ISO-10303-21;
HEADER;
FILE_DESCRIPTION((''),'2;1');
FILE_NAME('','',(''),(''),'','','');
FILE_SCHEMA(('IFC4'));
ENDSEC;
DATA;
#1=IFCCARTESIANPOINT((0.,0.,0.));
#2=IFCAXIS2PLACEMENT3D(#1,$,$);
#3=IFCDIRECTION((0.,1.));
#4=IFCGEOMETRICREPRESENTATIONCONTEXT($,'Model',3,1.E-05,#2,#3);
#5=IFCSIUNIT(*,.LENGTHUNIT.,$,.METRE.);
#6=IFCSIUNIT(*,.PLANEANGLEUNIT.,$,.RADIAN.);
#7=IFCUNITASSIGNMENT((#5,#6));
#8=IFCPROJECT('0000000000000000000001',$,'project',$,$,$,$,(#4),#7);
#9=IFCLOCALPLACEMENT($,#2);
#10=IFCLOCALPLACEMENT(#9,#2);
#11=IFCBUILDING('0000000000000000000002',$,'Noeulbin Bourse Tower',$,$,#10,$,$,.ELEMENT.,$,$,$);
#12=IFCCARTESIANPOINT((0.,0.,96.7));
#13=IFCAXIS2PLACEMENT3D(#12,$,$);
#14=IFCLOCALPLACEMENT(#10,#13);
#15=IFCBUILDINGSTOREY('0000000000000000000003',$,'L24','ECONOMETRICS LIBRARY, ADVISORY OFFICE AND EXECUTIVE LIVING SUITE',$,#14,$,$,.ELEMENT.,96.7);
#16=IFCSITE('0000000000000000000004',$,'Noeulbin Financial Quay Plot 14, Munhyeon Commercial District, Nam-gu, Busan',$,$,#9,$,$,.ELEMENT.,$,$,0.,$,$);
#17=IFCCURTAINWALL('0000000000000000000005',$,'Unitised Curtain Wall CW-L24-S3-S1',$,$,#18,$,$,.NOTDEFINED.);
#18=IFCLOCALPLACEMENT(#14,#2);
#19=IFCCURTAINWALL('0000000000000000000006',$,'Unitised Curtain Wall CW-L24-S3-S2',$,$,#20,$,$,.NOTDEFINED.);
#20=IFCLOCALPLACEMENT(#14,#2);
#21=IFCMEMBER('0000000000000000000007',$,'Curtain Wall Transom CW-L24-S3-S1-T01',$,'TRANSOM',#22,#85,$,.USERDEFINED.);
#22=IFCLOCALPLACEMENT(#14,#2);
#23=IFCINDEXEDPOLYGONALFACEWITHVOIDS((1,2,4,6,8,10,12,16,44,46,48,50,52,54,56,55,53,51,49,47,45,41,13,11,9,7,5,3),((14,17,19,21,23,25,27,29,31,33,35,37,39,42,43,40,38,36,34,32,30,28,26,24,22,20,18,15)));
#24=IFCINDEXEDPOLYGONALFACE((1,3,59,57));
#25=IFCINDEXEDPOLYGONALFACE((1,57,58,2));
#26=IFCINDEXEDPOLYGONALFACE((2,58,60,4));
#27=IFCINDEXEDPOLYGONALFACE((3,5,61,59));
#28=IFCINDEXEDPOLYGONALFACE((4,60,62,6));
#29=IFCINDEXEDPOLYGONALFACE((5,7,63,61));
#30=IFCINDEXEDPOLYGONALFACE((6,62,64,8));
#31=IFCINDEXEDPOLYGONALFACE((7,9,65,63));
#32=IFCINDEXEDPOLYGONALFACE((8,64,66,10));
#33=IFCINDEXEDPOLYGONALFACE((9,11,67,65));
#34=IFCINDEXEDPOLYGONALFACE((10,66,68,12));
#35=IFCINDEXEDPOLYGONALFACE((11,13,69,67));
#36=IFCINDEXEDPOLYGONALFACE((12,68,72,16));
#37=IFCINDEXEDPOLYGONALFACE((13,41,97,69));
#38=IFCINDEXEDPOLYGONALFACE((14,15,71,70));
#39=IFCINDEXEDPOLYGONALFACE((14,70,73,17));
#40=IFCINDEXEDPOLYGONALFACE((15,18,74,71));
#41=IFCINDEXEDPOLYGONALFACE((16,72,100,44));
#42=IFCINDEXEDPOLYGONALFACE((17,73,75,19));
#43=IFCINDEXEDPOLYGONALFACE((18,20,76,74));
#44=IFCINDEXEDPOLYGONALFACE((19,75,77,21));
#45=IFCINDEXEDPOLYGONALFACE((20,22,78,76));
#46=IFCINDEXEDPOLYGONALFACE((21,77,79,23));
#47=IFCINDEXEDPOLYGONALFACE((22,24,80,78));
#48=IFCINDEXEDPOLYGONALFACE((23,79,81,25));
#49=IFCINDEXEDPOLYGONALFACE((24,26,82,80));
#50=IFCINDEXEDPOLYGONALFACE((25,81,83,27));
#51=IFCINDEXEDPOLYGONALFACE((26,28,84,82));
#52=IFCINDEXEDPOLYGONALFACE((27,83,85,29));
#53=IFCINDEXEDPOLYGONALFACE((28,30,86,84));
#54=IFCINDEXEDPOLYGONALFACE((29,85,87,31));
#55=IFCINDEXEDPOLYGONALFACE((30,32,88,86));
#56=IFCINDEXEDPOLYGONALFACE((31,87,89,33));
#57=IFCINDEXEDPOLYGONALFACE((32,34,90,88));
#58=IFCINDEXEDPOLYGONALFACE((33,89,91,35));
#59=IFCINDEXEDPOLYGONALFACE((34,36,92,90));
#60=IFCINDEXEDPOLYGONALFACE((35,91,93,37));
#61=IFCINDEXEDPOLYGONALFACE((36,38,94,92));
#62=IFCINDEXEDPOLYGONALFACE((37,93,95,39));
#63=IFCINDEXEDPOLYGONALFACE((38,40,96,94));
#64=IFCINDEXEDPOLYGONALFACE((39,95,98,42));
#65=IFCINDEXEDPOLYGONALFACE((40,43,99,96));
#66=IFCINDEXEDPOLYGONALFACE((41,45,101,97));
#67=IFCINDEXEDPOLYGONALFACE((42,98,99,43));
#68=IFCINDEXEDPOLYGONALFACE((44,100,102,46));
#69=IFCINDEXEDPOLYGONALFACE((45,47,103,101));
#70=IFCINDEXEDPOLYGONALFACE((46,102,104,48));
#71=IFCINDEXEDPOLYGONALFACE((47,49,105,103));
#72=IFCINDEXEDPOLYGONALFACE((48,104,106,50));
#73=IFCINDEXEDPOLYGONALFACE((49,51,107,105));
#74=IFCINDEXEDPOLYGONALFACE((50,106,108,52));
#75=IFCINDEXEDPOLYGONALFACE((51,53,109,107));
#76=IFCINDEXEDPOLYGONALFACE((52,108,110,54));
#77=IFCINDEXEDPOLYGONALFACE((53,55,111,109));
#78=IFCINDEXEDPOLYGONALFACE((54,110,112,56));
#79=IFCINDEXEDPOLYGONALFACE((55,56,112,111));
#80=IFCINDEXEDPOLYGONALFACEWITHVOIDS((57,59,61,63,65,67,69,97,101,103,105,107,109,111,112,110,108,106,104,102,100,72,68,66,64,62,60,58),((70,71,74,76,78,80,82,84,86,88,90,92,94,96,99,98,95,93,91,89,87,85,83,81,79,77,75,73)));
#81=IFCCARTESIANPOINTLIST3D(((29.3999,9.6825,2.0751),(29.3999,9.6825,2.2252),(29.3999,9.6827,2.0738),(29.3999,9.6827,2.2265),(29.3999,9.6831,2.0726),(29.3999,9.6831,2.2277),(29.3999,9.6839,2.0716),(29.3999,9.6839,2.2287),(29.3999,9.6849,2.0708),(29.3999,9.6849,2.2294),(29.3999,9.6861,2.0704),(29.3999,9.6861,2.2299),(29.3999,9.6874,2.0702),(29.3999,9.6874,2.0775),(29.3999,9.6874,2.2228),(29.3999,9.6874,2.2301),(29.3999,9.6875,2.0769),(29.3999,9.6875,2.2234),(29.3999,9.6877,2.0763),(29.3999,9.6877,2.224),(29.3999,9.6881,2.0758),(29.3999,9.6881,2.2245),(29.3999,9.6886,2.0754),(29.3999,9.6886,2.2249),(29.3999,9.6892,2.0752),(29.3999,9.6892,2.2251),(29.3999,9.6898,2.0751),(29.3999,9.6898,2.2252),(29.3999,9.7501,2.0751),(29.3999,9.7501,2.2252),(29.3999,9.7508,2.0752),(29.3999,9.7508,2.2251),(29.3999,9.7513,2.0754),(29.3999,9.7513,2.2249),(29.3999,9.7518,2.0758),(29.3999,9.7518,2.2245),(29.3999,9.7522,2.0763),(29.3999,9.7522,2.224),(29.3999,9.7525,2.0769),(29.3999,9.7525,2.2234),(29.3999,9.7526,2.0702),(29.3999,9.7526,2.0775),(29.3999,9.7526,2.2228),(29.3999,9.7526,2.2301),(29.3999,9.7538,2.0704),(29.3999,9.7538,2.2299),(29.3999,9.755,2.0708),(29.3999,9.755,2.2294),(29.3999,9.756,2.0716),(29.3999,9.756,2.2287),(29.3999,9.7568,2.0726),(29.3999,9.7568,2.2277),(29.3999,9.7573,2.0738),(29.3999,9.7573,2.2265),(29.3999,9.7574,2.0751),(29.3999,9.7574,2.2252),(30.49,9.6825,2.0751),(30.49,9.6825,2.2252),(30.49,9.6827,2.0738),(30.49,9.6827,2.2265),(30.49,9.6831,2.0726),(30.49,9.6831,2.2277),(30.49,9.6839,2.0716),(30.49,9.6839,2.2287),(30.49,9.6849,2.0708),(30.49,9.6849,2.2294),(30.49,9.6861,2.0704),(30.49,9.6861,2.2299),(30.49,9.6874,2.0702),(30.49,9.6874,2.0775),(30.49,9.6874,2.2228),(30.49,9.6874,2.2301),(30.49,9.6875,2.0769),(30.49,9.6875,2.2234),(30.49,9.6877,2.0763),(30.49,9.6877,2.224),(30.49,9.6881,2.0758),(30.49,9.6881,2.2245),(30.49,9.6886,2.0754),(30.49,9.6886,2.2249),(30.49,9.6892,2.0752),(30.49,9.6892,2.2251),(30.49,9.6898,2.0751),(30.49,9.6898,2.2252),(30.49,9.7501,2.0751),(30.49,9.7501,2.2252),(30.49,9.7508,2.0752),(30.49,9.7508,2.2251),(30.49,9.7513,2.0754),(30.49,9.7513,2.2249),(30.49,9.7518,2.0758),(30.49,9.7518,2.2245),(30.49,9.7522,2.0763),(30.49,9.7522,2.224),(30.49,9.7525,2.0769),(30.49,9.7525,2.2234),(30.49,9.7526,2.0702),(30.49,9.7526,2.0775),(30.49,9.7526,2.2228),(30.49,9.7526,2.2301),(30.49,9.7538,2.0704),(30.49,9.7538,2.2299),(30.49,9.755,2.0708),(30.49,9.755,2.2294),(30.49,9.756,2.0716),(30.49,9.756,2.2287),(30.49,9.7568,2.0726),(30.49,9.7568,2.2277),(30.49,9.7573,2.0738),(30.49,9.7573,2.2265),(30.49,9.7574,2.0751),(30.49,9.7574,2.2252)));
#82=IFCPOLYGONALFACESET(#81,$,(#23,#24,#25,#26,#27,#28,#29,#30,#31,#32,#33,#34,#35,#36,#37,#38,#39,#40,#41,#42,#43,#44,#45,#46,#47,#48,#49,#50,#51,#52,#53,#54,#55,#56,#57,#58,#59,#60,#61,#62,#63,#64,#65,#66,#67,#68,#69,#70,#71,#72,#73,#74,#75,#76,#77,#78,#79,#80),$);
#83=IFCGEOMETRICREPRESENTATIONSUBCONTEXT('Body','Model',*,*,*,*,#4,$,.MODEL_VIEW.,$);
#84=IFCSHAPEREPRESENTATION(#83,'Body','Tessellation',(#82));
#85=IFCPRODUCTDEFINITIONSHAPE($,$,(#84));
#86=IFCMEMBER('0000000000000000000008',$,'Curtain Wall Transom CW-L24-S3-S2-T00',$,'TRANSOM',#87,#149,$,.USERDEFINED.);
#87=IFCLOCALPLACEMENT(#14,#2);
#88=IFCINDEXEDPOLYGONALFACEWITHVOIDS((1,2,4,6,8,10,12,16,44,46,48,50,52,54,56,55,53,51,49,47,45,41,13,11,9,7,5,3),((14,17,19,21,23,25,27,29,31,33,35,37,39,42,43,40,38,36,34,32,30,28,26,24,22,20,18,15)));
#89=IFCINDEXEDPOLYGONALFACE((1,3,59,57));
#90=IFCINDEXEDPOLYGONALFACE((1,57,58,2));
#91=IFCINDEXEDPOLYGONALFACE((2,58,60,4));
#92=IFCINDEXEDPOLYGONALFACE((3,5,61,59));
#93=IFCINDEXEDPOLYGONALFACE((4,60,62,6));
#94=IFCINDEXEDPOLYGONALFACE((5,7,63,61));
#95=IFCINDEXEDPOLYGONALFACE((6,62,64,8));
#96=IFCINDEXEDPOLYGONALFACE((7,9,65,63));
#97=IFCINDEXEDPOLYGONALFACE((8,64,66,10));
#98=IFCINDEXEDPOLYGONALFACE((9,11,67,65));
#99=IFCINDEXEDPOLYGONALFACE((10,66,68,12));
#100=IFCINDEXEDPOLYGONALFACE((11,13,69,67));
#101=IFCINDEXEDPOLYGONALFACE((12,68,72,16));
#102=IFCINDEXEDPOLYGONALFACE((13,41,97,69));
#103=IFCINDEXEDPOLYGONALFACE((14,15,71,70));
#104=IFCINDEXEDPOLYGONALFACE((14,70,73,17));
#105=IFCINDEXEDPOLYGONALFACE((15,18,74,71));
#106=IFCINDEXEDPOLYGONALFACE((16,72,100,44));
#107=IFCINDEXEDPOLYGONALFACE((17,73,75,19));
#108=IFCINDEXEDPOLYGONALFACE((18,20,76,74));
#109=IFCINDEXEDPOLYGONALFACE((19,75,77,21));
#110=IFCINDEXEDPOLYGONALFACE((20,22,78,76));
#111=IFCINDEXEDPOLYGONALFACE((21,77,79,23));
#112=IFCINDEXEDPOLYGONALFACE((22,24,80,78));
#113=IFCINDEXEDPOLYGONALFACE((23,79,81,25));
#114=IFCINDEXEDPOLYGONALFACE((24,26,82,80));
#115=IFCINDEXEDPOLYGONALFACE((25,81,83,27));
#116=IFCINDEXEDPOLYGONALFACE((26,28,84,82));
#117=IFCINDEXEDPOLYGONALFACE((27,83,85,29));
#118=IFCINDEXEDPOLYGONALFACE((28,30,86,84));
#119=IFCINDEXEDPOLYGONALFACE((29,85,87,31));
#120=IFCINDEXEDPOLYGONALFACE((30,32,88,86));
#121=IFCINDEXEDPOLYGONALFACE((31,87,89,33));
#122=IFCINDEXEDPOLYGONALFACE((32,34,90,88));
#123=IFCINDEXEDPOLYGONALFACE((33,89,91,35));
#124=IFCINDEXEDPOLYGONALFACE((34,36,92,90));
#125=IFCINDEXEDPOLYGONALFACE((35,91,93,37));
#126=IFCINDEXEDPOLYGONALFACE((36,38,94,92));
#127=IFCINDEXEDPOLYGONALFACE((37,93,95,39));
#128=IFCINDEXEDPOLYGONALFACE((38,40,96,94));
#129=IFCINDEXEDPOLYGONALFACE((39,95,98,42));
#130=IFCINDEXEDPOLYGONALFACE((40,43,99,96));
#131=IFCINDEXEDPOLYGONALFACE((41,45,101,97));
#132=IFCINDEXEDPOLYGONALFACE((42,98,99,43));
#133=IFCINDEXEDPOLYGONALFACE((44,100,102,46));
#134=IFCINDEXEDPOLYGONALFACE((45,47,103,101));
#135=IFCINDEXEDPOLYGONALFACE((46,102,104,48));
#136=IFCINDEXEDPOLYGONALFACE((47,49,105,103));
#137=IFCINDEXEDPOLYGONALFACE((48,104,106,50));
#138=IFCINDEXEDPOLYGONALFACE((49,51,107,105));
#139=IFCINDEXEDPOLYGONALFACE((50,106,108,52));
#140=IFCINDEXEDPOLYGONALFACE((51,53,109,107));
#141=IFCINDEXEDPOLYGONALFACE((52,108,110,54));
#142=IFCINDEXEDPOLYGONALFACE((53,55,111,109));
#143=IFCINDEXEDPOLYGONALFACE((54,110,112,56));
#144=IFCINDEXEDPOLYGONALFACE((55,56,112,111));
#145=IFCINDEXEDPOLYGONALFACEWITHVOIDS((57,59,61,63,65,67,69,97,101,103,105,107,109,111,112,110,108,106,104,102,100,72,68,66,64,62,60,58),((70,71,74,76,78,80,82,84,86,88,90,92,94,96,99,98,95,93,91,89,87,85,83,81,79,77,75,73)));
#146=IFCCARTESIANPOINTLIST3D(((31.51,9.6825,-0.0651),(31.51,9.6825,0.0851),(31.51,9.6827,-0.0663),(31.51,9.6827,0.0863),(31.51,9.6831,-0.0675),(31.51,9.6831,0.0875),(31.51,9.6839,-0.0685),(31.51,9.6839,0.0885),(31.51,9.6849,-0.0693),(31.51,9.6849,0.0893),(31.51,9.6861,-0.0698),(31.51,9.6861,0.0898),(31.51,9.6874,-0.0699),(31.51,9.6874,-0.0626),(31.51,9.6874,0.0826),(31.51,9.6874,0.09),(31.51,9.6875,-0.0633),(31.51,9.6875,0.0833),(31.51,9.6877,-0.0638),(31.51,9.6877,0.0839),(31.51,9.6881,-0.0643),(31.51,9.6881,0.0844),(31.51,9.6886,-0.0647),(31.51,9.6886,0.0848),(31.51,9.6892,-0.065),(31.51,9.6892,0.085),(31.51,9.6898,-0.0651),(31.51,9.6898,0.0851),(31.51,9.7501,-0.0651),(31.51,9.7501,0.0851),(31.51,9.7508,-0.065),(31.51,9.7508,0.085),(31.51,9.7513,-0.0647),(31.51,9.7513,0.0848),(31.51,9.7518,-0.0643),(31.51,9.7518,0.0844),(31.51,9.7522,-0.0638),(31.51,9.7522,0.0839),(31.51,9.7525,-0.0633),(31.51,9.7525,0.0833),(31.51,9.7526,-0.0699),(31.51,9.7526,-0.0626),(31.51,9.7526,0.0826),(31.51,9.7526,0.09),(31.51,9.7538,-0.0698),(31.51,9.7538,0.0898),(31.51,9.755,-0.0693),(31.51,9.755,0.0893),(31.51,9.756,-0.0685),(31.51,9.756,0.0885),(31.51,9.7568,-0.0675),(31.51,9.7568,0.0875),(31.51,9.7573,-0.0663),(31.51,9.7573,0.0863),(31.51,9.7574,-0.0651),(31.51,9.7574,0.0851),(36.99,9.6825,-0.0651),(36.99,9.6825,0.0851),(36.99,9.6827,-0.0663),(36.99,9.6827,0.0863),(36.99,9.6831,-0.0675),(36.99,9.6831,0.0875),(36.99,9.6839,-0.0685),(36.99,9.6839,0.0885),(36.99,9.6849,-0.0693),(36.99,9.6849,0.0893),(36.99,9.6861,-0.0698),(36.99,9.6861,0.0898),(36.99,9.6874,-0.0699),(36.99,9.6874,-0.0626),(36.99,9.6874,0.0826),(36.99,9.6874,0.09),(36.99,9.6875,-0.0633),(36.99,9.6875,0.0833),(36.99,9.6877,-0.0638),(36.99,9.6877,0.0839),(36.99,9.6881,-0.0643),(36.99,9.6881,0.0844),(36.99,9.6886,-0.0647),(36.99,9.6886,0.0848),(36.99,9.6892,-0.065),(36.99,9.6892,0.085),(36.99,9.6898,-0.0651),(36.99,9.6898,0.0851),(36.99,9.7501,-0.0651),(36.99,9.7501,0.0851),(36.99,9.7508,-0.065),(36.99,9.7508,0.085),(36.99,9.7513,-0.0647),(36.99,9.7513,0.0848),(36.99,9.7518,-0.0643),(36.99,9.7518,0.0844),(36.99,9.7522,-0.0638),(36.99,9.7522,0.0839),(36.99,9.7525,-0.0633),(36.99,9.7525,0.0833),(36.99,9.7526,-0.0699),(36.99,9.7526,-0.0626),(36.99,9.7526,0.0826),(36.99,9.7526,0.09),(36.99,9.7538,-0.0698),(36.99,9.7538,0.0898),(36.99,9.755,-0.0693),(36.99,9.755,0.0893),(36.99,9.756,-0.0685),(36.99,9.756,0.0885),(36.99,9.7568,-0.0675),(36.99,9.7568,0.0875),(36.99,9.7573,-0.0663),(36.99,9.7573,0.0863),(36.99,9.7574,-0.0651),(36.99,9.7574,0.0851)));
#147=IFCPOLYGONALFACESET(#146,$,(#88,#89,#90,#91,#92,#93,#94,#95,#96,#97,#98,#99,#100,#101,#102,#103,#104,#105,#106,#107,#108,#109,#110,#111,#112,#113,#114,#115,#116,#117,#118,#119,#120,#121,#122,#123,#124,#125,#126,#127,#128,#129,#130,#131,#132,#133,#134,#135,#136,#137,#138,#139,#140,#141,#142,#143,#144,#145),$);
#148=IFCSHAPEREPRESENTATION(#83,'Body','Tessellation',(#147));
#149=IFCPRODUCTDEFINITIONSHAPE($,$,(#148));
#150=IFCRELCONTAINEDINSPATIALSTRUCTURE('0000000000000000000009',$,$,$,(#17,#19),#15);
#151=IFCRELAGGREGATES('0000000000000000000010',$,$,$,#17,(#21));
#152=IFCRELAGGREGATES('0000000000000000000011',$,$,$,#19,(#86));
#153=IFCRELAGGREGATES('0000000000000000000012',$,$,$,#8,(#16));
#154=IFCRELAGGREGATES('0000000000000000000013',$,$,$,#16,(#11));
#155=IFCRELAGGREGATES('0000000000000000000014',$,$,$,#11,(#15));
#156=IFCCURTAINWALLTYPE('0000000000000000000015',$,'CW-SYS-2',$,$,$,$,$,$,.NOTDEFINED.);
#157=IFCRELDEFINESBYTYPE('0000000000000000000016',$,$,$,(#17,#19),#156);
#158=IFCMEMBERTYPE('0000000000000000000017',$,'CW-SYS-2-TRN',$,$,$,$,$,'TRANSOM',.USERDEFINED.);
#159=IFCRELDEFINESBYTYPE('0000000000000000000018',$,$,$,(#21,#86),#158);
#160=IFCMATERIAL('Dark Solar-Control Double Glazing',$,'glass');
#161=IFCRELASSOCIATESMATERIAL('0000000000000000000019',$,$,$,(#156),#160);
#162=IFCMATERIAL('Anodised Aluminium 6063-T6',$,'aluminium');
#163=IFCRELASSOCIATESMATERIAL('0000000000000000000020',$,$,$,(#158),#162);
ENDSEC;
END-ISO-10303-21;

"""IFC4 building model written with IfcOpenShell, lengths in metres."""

from ifc_helpers import new_model, si_unit, direction, frame, origin, origin_2d, place, context, subcontext, project, spatial, hollow_rectangle, extrude, material, material_profile, profile_set, type_object, element, aggregate, save


model = new_model("IFC4")

# Units and contexts
model_context = context("Model", 3, precision=1e-05, world=origin(), true_north=direction((0.0, 1.0)))
body_context = subcontext(model_context, "Body", "Model", "MODEL_VIEW")
ifc_project = project(units=[si_unit("LENGTHUNIT", "METRE"), si_unit("PLANEANGLEUNIT", "RADIAN")], contexts=[model_context])

# Site, building, storey
site_placement = place(None, origin())
site = spatial("IfcSite", under=ifc_project, at=site_placement, Name="Noeulbin Financial Quay Plot 14, Munhyeon Commercial District, Nam-gu, Busan", CompositionType="ELEMENT", RefElevation=0.0)
building_placement = place(site_placement, origin())
building = spatial("IfcBuilding", under=site, at=building_placement, Name="Noeulbin Bourse Tower", CompositionType="ELEMENT")
storey_placement = place(building_placement, frame((0.0, 0.0, 96.7)))
storey = spatial("IfcBuildingStorey", under=building, at=storey_placement, Name="L24", Description="ECONOMETRICS LIBRARY, ADVISORY OFFICE AND EXECUTIVE LIVING SUITE", CompositionType="ELEMENT", Elevation=96.7)

# Curtain walls
ifc_material_1 = material(Name="Dark Solar-Control Double Glazing", Category="glass")
curtain_wall_type = type_object("IfcCurtainWallType", Name="CW-SYS-2", PredefinedType="NOTDEFINED", material=ifc_material_1)
curtain_wall_1_placement = place(storey_placement, origin())
curtain_wall_1 = element("IfcCurtainWall", 1, at=curtain_wall_1_placement, inside=storey, type_object=curtain_wall_type, Name="Unitised Curtain Wall CW-L24-S3-S1", PredefinedType="NOTDEFINED")
ifc_material_2 = material(Name="Anodised Aluminium 6063-T6", Category="aluminium")
curtain_wall_2_placement = place(storey_placement, origin())
curtain_wall_2 = element("IfcCurtainWall", 2, at=curtain_wall_2_placement, inside=storey, type_object=curtain_wall_type, Name="Unitised Curtain Wall CW-L24-S3-S2", PredefinedType="NOTDEFINED")

# Members
ifc_material_profile_1 = material_profile(ifc_material_2, hollow_rectangle(XDim=0.075, YDim=0.1599, WallThickness=0.0049, InnerFilletRadius=0.0024, OuterFilletRadius=0.0049, at=origin_2d()), Name="ALU-TRAN-75x160x5", Category="LoadBearing")
ifc_profile_set_1 = profile_set([ifc_material_profile_1], Name="Anodised Aluminium 6063-T6")
member_type_1 = type_object("IfcMemberType", Name="CW-SYS-2-TRN", ElementType="TRANSOM", PredefinedType="USERDEFINED", material=ifc_profile_set_1)
member_1_placement = place(storey_placement, frame((29.3999, 9.72, 2.1501), z_axis=(1.0, 0.0, 0.0), x_axis=(0.0, 1.0, 0.0)))
member_1 = element("IfcMember", 3, at=member_1_placement, type_object=member_type_1, Name="Curtain Wall Transom CW-L24-S3-S1-T01", ObjectType="TRANSOM", PredefinedType="USERDEFINED", context=body_context, shape_type="SweptSolid", body=[
    extrude(hollow_rectangle(XDim=0.075, YDim=0.1599, WallThickness=0.0049, InnerFilletRadius=0.0024, OuterFilletRadius=0.0049, at=origin_2d()), origin(), (0.0, 0.0, 1.0), 1.0901),
])
member_2_placement = place(storey_placement, frame((31.51, 9.72, 0.01), z_axis=(1.0, 0.0, 0.0), x_axis=(0.0, 1.0, 0.0)))
member_2 = element("IfcMember", 4, at=member_2_placement, type_object=member_type_1, Name="Curtain Wall Transom CW-L24-S3-S2-T00", ObjectType="TRANSOM", PredefinedType="USERDEFINED", context=body_context, shape_type="SweptSolid", body=[
    extrude(hollow_rectangle(XDim=0.075, YDim=0.1599, WallThickness=0.0049, InnerFilletRadius=0.0024, OuterFilletRadius=0.0049, at=origin_2d()), origin(), (0.0, 0.0, 1.0), 5.48),
])

aggregate(curtain_wall_1, [member_1])
aggregate(curtain_wall_2, [member_2])

save(model, "model.ifc")
